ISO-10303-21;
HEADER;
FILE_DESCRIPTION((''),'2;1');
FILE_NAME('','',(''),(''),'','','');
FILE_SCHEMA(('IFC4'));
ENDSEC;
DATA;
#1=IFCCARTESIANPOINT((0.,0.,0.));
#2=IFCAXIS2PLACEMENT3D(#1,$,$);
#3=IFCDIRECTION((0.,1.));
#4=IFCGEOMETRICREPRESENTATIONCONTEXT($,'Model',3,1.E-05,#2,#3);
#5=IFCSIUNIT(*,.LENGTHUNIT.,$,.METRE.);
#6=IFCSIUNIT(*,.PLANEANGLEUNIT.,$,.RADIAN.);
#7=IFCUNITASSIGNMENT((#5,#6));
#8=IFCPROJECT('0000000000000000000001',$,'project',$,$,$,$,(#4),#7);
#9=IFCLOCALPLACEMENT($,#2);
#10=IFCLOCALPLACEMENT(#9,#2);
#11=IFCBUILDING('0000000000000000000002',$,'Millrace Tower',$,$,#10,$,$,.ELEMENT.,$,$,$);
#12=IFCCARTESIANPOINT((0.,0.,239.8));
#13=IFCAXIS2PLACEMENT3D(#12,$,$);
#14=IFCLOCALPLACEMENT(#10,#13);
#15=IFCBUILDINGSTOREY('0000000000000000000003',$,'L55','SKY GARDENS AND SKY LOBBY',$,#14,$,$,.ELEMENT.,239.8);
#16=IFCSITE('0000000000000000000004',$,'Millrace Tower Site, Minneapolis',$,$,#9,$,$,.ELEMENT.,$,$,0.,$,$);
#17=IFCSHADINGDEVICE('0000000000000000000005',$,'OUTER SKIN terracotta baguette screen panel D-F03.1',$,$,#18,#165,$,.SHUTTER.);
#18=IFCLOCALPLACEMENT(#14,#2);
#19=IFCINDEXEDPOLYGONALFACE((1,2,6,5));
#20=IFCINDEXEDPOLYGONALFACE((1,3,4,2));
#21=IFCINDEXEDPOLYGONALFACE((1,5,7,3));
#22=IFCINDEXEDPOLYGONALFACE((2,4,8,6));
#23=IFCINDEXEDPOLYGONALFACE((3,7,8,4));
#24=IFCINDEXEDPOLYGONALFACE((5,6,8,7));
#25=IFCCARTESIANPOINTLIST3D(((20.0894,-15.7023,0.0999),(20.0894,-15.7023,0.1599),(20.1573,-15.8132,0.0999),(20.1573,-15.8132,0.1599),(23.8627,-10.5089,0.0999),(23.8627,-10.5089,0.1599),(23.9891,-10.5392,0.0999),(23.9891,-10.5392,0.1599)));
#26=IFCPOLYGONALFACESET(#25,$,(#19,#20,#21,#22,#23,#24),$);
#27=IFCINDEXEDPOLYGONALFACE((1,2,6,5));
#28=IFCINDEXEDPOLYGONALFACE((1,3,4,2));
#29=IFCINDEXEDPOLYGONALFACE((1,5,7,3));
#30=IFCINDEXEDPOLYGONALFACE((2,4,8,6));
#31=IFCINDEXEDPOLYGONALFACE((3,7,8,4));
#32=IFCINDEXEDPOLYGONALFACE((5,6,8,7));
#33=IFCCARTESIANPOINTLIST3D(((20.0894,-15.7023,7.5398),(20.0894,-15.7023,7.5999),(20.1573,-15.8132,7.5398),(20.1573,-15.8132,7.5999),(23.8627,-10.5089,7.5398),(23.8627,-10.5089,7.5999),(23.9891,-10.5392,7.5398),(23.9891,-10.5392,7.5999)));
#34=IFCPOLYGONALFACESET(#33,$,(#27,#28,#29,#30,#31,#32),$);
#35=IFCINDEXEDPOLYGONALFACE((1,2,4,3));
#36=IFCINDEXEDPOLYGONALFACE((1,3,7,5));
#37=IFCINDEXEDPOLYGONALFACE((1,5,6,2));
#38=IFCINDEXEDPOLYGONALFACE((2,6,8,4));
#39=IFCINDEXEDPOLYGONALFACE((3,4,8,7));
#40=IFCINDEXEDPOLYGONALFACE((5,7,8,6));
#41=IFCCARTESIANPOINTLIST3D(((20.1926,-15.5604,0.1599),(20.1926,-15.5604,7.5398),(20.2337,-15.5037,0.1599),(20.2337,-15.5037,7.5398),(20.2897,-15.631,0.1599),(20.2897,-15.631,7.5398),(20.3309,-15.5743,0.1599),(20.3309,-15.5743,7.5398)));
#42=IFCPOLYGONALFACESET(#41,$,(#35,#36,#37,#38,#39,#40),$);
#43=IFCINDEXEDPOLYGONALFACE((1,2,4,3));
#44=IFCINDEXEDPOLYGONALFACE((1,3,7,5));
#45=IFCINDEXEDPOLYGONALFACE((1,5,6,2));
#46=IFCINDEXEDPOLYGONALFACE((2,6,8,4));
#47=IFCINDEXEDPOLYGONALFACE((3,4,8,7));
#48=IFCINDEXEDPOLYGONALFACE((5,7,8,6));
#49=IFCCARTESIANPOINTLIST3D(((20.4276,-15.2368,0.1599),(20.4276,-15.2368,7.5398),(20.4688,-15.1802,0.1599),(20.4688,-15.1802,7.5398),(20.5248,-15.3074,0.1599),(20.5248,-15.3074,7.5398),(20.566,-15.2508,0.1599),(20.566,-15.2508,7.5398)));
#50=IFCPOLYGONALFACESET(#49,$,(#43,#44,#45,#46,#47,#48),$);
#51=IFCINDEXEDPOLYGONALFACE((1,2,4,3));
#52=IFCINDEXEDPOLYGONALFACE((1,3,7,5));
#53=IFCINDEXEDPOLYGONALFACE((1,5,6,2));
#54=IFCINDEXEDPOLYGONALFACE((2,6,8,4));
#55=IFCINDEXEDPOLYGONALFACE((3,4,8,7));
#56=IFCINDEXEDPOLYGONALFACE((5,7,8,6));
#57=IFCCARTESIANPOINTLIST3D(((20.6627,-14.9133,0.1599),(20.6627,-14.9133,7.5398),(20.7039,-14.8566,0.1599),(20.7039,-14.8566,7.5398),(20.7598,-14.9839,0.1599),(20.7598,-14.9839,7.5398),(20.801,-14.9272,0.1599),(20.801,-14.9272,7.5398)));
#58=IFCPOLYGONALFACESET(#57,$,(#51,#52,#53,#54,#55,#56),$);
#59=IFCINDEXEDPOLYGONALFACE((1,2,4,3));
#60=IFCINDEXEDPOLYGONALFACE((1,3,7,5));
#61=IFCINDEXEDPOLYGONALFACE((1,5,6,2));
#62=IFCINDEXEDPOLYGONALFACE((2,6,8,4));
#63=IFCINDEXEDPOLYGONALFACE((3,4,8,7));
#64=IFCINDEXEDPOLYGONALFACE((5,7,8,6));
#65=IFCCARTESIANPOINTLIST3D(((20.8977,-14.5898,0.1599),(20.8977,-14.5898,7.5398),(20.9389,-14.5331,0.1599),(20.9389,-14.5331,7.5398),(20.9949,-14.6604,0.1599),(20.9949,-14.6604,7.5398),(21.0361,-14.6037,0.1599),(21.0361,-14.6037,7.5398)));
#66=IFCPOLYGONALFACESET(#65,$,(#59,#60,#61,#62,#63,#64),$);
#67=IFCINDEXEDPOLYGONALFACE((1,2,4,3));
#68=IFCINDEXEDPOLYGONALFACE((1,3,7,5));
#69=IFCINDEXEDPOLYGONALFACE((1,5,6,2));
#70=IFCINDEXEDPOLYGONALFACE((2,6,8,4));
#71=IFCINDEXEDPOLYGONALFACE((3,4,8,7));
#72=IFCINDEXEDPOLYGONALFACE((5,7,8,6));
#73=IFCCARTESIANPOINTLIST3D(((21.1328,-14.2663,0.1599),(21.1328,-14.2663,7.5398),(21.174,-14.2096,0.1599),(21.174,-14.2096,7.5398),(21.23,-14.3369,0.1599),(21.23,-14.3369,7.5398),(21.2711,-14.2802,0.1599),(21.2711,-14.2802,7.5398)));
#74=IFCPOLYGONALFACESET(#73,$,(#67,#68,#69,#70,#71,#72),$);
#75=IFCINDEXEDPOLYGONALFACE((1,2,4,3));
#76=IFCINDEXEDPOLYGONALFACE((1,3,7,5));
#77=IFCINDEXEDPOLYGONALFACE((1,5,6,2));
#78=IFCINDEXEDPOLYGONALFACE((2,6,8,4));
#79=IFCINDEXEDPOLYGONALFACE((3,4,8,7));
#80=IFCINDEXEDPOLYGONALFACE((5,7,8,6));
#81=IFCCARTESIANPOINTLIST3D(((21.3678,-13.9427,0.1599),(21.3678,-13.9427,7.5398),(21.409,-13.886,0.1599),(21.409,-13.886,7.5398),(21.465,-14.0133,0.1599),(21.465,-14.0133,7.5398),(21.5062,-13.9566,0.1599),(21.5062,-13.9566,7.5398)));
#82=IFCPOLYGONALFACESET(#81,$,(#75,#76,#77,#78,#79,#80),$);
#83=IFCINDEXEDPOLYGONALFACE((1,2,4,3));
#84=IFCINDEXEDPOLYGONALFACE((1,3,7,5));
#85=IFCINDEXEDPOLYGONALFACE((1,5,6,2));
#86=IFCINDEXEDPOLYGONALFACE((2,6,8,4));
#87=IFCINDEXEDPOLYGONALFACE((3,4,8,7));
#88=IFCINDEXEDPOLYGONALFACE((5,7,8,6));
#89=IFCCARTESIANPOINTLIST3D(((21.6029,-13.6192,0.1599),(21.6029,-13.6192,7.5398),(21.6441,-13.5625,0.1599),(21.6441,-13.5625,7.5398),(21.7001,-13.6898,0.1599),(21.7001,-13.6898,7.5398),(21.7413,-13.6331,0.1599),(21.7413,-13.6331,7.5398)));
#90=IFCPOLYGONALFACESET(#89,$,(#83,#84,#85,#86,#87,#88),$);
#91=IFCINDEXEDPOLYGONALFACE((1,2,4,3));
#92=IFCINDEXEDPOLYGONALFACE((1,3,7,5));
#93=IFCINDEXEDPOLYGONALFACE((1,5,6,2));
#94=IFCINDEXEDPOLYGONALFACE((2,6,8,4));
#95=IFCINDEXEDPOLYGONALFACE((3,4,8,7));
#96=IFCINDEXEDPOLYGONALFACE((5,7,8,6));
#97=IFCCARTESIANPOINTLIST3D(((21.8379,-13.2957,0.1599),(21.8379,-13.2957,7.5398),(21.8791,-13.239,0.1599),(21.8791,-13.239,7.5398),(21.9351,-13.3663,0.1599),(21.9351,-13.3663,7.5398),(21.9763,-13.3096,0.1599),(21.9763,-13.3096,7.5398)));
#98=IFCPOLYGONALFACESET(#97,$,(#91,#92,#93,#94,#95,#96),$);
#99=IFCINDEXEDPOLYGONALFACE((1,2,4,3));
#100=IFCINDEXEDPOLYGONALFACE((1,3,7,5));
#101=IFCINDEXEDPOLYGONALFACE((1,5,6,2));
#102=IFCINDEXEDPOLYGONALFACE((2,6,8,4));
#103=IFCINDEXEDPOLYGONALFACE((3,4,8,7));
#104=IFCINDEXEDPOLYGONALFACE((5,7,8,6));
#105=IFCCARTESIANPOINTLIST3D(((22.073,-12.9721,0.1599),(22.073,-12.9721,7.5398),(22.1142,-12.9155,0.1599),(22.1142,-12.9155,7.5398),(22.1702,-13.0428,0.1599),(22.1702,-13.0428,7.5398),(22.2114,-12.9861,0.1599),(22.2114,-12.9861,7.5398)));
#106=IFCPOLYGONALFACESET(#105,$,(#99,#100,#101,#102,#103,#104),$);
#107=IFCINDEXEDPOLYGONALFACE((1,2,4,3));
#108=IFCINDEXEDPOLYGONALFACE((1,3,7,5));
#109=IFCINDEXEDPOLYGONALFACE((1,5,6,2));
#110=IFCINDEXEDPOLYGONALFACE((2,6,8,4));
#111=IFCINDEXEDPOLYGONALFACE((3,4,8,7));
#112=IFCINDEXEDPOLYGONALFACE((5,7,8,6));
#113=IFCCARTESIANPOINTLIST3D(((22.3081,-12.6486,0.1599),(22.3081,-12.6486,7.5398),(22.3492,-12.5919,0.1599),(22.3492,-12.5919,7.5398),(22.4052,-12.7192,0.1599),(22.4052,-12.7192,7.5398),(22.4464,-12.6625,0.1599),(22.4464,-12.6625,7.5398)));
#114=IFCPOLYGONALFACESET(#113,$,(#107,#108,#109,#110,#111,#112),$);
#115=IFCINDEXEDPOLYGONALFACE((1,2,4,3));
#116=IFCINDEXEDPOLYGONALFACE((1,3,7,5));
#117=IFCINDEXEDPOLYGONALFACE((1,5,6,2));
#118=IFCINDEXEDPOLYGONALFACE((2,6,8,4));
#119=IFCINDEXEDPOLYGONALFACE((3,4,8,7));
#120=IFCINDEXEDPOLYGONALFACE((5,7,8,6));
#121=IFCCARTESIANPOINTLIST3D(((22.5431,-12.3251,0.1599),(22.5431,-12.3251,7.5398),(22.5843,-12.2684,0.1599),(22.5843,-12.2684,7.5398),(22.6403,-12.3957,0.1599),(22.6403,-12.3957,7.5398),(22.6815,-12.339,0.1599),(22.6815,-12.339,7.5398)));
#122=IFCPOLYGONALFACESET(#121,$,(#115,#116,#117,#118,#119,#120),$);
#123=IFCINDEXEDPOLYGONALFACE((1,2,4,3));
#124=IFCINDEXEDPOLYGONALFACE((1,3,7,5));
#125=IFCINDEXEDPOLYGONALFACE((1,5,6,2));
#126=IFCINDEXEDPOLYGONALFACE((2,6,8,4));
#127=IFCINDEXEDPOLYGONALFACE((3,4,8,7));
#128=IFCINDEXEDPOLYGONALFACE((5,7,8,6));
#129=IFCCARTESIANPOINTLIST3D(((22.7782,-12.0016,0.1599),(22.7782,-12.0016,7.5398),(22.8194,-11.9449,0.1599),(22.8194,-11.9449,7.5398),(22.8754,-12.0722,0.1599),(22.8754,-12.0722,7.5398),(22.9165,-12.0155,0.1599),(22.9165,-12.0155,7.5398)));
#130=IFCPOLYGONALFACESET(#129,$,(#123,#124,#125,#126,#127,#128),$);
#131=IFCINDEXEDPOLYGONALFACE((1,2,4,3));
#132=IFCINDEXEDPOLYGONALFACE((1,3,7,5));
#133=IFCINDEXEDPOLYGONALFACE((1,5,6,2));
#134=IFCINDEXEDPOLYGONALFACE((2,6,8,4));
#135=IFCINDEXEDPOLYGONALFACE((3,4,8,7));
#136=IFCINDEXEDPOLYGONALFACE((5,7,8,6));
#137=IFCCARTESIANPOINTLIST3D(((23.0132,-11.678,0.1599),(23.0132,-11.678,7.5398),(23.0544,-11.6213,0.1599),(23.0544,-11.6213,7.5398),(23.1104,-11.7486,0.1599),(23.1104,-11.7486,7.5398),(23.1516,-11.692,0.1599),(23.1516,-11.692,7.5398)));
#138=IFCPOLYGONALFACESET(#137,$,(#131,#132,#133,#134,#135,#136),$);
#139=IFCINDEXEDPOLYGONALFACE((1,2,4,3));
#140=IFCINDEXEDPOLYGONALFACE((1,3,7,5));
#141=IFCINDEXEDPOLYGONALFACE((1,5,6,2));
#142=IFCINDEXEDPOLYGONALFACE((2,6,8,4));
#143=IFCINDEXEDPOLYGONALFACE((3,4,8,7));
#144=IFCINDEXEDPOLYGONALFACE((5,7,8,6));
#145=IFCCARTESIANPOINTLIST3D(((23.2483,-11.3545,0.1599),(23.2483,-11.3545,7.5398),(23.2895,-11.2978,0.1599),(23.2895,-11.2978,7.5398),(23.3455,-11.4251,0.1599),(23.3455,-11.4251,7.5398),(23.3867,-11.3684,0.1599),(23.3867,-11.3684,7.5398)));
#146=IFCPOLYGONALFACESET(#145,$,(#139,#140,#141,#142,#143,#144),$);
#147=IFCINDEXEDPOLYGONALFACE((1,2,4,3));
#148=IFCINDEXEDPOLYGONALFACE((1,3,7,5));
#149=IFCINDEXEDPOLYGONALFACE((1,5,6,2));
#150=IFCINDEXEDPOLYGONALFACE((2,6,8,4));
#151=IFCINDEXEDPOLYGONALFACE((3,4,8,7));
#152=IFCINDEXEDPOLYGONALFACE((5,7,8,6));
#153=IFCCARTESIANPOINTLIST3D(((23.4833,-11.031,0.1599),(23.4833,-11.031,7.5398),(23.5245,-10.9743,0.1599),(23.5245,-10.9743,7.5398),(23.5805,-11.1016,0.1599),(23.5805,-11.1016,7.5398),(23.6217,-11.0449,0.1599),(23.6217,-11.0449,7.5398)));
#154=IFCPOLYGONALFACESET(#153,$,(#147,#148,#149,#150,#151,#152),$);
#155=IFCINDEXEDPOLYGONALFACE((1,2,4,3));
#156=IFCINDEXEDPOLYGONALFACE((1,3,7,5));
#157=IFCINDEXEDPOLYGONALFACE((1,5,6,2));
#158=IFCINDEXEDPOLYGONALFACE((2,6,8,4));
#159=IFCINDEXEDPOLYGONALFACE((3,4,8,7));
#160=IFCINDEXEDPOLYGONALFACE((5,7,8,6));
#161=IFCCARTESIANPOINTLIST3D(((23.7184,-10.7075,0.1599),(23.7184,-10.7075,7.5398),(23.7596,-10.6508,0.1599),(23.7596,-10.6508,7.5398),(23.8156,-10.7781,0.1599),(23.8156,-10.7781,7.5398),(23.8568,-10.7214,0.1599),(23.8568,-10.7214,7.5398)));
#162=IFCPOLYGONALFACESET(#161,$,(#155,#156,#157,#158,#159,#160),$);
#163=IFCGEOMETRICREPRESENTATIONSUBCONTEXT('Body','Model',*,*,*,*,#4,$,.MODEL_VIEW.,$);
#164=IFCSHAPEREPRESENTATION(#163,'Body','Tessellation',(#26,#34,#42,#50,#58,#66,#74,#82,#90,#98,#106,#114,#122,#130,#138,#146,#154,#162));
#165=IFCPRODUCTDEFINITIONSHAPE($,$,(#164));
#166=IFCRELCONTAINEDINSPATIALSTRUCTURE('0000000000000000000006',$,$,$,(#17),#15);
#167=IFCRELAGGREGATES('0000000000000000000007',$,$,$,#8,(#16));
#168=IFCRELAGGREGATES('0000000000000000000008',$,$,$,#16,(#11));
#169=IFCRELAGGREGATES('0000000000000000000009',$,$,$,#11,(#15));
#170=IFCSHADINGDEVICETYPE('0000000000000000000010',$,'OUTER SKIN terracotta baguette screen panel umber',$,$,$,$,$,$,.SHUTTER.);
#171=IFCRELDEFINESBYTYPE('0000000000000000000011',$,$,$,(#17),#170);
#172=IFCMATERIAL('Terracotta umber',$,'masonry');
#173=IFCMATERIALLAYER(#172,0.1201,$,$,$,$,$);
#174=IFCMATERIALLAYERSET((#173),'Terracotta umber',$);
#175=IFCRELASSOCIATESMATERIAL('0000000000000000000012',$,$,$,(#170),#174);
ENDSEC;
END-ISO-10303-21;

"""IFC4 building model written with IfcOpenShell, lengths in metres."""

from ifc_helpers import new_model, entity, si_unit, direction, frame, frame_2d, origin, place, context, subcontext, project, spatial, rectangle, extrude, source, transform, mapped, material, layer, layer_set, type_object, element, save


model = new_model("IFC4")

# Units and contexts
model_context = context("Model", 3, precision=1e-05, world=origin(), true_north=direction((0.0, 1.0)))
body_context = subcontext(model_context, "Body", "Model", "MODEL_VIEW")
ifc_project = project(units=[si_unit("LENGTHUNIT", "METRE"), si_unit("PLANEANGLEUNIT", "RADIAN")], contexts=[model_context])

# Site, building, storey
site_placement = place(None, origin())
site = spatial("IfcSite", under=ifc_project, at=site_placement, Name="Millrace Tower Site, Minneapolis", CompositionType="ELEMENT", RefElevation=0.0)
building_placement = place(site_placement, origin())
building = spatial("IfcBuilding", under=site, at=building_placement, Name="Millrace Tower", CompositionType="ELEMENT")
storey_placement = place(building_placement, frame((0.0, 0.0, 239.8)))
storey = spatial("IfcBuildingStorey", under=building, at=storey_placement, Name="L55", Description="SKY GARDENS AND SKY LOBBY", CompositionType="ELEMENT", Elevation=239.8)

# Shading device
ifc_material_1 = material(Name="Terracotta umber", Category="masonry")
ifc_layer_1 = layer(ifc_material_1, 0.1201)
ifc_layer_set_1 = layer_set([ifc_layer_1], Name="Terracotta umber")
shading_device_type = type_object("IfcShadingDeviceType", Name="OUTER SKIN terracotta baguette screen panel umber", PredefinedType="SHUTTER", material=ifc_layer_set_1)
cartesian_point_1 = entity("IfcCartesianPoint", [-3.2097, 0.0601])
shared_polyline_1 = entity("IfcPolyline", [cartesian_point_1, entity("IfcCartesianPoint", [3.2097, 0.0601]), entity("IfcCartesianPoint", [3.2595, -0.0601]), entity("IfcCartesianPoint", [-3.2595, -0.0601]), cartesian_point_1])
shared_shape_1 = source(origin(), body_context, "Body", "SweptSolid", [
    entity("IfcExtrudedAreaSolid", entity("IfcArbitraryClosedProfileDef", "AREA", None, shared_polyline_1), entity("IfcAxis2Placement3D", entity("IfcCartesianPoint", [0.0, 0.0, 0.0])), entity("IfcDirection", [0.0, 0.0, 1.0]), 0.0601),
    entity("IfcExtrudedAreaSolid", entity("IfcArbitraryClosedProfileDef", "AREA", None, shared_polyline_1), entity("IfcAxis2Placement3D", entity("IfcCartesianPoint", [0.0, 0.0, 7.4399])), entity("IfcDirection", [0.0, 0.0, 1.0]), 0.0601),
    extrude(rectangle(XDim=0.0701, YDim=0.1201, at=frame_2d((-2.9993, 0.0))), frame((0.0, 0.0, 0.0601)), (0.0, 0.0, 1.0), 7.3799),
    extrude(rectangle(XDim=0.0701, YDim=0.1201, at=frame_2d((-2.5994, 0.0))), frame((0.0, 0.0, 0.0601)), (0.0, 0.0, 1.0), 7.3799),
    extrude(rectangle(XDim=0.0701, YDim=0.1201, at=frame_2d((-2.1995, 0.0))), frame((0.0, 0.0, 0.0601)), (0.0, 0.0, 1.0), 7.3799),
    extrude(rectangle(XDim=0.0701, YDim=0.1201, at=frame_2d((-1.7996, 0.0))), frame((0.0, 0.0, 0.0601)), (0.0, 0.0, 1.0), 7.3799),
    extrude(rectangle(XDim=0.0701, YDim=0.1201, at=frame_2d((-1.3997, 0.0))), frame((0.0, 0.0, 0.0601)), (0.0, 0.0, 1.0), 7.3799),
    extrude(rectangle(XDim=0.0701, YDim=0.1201, at=frame_2d((-0.9998, 0.0))), frame((0.0, 0.0, 0.0601)), (0.0, 0.0, 1.0), 7.3799),
    extrude(rectangle(XDim=0.0701, YDim=0.1201, at=frame_2d((-0.5999, 0.0))), frame((0.0, 0.0, 0.0601)), (0.0, 0.0, 1.0), 7.3799),
    extrude(rectangle(XDim=0.0701, YDim=0.1201, at=frame_2d((-0.2, 0.0))), frame((0.0, 0.0, 0.0601)), (0.0, 0.0, 1.0), 7.3799),
    extrude(rectangle(XDim=0.0701, YDim=0.1201, at=frame_2d((0.2, 0.0))), frame((0.0, 0.0, 0.0601)), (0.0, 0.0, 1.0), 7.3799),
    extrude(rectangle(XDim=0.0701, YDim=0.1201, at=frame_2d((0.5999, 0.0))), frame((0.0, 0.0, 0.0601)), (0.0, 0.0, 1.0), 7.3799),
    extrude(rectangle(XDim=0.0701, YDim=0.1201, at=frame_2d((0.9998, 0.0))), frame((0.0, 0.0, 0.0601)), (0.0, 0.0, 1.0), 7.3799),
    extrude(rectangle(XDim=0.0701, YDim=0.1201, at=frame_2d((1.3997, 0.0))), frame((0.0, 0.0, 0.0601)), (0.0, 0.0, 1.0), 7.3799),
    extrude(rectangle(XDim=0.0701, YDim=0.1201, at=frame_2d((1.7996, 0.0))), frame((0.0, 0.0, 0.0601)), (0.0, 0.0, 1.0), 7.3799),
    extrude(rectangle(XDim=0.0701, YDim=0.1201, at=frame_2d((2.1995, 0.0))), frame((0.0, 0.0, 0.0601)), (0.0, 0.0, 1.0), 7.3799),
    extrude(rectangle(XDim=0.0701, YDim=0.1201, at=frame_2d((2.5994, 0.0))), frame((0.0, 0.0, 0.0601)), (0.0, 0.0, 1.0), 7.3799),
    extrude(rectangle(XDim=0.0701, YDim=0.1201, at=frame_2d((2.9993, 0.0))), frame((0.0, 0.0, 0.0601)), (0.0, 0.0, 1.0), 7.3799),
])
shading_device_1_placement = place(storey_placement, frame((22.0247, -13.1409, 0.0999), z_axis=(0.0, 0.0, 1.0), x_axis=(0.587785, 0.809017, 0.0)))
element("IfcShadingDevice", 1, at=shading_device_1_placement, inside=storey, type_object=shading_device_type, Name="OUTER SKIN terracotta baguette screen panel D-F03.1", PredefinedType="SHUTTER", context=body_context, shape_type="MappedRepresentation", body=[
    mapped(shared_shape_1, transform((0.0, 0.0, 0.0), scale=1.0)),
])

save(model, "model.ifc")
